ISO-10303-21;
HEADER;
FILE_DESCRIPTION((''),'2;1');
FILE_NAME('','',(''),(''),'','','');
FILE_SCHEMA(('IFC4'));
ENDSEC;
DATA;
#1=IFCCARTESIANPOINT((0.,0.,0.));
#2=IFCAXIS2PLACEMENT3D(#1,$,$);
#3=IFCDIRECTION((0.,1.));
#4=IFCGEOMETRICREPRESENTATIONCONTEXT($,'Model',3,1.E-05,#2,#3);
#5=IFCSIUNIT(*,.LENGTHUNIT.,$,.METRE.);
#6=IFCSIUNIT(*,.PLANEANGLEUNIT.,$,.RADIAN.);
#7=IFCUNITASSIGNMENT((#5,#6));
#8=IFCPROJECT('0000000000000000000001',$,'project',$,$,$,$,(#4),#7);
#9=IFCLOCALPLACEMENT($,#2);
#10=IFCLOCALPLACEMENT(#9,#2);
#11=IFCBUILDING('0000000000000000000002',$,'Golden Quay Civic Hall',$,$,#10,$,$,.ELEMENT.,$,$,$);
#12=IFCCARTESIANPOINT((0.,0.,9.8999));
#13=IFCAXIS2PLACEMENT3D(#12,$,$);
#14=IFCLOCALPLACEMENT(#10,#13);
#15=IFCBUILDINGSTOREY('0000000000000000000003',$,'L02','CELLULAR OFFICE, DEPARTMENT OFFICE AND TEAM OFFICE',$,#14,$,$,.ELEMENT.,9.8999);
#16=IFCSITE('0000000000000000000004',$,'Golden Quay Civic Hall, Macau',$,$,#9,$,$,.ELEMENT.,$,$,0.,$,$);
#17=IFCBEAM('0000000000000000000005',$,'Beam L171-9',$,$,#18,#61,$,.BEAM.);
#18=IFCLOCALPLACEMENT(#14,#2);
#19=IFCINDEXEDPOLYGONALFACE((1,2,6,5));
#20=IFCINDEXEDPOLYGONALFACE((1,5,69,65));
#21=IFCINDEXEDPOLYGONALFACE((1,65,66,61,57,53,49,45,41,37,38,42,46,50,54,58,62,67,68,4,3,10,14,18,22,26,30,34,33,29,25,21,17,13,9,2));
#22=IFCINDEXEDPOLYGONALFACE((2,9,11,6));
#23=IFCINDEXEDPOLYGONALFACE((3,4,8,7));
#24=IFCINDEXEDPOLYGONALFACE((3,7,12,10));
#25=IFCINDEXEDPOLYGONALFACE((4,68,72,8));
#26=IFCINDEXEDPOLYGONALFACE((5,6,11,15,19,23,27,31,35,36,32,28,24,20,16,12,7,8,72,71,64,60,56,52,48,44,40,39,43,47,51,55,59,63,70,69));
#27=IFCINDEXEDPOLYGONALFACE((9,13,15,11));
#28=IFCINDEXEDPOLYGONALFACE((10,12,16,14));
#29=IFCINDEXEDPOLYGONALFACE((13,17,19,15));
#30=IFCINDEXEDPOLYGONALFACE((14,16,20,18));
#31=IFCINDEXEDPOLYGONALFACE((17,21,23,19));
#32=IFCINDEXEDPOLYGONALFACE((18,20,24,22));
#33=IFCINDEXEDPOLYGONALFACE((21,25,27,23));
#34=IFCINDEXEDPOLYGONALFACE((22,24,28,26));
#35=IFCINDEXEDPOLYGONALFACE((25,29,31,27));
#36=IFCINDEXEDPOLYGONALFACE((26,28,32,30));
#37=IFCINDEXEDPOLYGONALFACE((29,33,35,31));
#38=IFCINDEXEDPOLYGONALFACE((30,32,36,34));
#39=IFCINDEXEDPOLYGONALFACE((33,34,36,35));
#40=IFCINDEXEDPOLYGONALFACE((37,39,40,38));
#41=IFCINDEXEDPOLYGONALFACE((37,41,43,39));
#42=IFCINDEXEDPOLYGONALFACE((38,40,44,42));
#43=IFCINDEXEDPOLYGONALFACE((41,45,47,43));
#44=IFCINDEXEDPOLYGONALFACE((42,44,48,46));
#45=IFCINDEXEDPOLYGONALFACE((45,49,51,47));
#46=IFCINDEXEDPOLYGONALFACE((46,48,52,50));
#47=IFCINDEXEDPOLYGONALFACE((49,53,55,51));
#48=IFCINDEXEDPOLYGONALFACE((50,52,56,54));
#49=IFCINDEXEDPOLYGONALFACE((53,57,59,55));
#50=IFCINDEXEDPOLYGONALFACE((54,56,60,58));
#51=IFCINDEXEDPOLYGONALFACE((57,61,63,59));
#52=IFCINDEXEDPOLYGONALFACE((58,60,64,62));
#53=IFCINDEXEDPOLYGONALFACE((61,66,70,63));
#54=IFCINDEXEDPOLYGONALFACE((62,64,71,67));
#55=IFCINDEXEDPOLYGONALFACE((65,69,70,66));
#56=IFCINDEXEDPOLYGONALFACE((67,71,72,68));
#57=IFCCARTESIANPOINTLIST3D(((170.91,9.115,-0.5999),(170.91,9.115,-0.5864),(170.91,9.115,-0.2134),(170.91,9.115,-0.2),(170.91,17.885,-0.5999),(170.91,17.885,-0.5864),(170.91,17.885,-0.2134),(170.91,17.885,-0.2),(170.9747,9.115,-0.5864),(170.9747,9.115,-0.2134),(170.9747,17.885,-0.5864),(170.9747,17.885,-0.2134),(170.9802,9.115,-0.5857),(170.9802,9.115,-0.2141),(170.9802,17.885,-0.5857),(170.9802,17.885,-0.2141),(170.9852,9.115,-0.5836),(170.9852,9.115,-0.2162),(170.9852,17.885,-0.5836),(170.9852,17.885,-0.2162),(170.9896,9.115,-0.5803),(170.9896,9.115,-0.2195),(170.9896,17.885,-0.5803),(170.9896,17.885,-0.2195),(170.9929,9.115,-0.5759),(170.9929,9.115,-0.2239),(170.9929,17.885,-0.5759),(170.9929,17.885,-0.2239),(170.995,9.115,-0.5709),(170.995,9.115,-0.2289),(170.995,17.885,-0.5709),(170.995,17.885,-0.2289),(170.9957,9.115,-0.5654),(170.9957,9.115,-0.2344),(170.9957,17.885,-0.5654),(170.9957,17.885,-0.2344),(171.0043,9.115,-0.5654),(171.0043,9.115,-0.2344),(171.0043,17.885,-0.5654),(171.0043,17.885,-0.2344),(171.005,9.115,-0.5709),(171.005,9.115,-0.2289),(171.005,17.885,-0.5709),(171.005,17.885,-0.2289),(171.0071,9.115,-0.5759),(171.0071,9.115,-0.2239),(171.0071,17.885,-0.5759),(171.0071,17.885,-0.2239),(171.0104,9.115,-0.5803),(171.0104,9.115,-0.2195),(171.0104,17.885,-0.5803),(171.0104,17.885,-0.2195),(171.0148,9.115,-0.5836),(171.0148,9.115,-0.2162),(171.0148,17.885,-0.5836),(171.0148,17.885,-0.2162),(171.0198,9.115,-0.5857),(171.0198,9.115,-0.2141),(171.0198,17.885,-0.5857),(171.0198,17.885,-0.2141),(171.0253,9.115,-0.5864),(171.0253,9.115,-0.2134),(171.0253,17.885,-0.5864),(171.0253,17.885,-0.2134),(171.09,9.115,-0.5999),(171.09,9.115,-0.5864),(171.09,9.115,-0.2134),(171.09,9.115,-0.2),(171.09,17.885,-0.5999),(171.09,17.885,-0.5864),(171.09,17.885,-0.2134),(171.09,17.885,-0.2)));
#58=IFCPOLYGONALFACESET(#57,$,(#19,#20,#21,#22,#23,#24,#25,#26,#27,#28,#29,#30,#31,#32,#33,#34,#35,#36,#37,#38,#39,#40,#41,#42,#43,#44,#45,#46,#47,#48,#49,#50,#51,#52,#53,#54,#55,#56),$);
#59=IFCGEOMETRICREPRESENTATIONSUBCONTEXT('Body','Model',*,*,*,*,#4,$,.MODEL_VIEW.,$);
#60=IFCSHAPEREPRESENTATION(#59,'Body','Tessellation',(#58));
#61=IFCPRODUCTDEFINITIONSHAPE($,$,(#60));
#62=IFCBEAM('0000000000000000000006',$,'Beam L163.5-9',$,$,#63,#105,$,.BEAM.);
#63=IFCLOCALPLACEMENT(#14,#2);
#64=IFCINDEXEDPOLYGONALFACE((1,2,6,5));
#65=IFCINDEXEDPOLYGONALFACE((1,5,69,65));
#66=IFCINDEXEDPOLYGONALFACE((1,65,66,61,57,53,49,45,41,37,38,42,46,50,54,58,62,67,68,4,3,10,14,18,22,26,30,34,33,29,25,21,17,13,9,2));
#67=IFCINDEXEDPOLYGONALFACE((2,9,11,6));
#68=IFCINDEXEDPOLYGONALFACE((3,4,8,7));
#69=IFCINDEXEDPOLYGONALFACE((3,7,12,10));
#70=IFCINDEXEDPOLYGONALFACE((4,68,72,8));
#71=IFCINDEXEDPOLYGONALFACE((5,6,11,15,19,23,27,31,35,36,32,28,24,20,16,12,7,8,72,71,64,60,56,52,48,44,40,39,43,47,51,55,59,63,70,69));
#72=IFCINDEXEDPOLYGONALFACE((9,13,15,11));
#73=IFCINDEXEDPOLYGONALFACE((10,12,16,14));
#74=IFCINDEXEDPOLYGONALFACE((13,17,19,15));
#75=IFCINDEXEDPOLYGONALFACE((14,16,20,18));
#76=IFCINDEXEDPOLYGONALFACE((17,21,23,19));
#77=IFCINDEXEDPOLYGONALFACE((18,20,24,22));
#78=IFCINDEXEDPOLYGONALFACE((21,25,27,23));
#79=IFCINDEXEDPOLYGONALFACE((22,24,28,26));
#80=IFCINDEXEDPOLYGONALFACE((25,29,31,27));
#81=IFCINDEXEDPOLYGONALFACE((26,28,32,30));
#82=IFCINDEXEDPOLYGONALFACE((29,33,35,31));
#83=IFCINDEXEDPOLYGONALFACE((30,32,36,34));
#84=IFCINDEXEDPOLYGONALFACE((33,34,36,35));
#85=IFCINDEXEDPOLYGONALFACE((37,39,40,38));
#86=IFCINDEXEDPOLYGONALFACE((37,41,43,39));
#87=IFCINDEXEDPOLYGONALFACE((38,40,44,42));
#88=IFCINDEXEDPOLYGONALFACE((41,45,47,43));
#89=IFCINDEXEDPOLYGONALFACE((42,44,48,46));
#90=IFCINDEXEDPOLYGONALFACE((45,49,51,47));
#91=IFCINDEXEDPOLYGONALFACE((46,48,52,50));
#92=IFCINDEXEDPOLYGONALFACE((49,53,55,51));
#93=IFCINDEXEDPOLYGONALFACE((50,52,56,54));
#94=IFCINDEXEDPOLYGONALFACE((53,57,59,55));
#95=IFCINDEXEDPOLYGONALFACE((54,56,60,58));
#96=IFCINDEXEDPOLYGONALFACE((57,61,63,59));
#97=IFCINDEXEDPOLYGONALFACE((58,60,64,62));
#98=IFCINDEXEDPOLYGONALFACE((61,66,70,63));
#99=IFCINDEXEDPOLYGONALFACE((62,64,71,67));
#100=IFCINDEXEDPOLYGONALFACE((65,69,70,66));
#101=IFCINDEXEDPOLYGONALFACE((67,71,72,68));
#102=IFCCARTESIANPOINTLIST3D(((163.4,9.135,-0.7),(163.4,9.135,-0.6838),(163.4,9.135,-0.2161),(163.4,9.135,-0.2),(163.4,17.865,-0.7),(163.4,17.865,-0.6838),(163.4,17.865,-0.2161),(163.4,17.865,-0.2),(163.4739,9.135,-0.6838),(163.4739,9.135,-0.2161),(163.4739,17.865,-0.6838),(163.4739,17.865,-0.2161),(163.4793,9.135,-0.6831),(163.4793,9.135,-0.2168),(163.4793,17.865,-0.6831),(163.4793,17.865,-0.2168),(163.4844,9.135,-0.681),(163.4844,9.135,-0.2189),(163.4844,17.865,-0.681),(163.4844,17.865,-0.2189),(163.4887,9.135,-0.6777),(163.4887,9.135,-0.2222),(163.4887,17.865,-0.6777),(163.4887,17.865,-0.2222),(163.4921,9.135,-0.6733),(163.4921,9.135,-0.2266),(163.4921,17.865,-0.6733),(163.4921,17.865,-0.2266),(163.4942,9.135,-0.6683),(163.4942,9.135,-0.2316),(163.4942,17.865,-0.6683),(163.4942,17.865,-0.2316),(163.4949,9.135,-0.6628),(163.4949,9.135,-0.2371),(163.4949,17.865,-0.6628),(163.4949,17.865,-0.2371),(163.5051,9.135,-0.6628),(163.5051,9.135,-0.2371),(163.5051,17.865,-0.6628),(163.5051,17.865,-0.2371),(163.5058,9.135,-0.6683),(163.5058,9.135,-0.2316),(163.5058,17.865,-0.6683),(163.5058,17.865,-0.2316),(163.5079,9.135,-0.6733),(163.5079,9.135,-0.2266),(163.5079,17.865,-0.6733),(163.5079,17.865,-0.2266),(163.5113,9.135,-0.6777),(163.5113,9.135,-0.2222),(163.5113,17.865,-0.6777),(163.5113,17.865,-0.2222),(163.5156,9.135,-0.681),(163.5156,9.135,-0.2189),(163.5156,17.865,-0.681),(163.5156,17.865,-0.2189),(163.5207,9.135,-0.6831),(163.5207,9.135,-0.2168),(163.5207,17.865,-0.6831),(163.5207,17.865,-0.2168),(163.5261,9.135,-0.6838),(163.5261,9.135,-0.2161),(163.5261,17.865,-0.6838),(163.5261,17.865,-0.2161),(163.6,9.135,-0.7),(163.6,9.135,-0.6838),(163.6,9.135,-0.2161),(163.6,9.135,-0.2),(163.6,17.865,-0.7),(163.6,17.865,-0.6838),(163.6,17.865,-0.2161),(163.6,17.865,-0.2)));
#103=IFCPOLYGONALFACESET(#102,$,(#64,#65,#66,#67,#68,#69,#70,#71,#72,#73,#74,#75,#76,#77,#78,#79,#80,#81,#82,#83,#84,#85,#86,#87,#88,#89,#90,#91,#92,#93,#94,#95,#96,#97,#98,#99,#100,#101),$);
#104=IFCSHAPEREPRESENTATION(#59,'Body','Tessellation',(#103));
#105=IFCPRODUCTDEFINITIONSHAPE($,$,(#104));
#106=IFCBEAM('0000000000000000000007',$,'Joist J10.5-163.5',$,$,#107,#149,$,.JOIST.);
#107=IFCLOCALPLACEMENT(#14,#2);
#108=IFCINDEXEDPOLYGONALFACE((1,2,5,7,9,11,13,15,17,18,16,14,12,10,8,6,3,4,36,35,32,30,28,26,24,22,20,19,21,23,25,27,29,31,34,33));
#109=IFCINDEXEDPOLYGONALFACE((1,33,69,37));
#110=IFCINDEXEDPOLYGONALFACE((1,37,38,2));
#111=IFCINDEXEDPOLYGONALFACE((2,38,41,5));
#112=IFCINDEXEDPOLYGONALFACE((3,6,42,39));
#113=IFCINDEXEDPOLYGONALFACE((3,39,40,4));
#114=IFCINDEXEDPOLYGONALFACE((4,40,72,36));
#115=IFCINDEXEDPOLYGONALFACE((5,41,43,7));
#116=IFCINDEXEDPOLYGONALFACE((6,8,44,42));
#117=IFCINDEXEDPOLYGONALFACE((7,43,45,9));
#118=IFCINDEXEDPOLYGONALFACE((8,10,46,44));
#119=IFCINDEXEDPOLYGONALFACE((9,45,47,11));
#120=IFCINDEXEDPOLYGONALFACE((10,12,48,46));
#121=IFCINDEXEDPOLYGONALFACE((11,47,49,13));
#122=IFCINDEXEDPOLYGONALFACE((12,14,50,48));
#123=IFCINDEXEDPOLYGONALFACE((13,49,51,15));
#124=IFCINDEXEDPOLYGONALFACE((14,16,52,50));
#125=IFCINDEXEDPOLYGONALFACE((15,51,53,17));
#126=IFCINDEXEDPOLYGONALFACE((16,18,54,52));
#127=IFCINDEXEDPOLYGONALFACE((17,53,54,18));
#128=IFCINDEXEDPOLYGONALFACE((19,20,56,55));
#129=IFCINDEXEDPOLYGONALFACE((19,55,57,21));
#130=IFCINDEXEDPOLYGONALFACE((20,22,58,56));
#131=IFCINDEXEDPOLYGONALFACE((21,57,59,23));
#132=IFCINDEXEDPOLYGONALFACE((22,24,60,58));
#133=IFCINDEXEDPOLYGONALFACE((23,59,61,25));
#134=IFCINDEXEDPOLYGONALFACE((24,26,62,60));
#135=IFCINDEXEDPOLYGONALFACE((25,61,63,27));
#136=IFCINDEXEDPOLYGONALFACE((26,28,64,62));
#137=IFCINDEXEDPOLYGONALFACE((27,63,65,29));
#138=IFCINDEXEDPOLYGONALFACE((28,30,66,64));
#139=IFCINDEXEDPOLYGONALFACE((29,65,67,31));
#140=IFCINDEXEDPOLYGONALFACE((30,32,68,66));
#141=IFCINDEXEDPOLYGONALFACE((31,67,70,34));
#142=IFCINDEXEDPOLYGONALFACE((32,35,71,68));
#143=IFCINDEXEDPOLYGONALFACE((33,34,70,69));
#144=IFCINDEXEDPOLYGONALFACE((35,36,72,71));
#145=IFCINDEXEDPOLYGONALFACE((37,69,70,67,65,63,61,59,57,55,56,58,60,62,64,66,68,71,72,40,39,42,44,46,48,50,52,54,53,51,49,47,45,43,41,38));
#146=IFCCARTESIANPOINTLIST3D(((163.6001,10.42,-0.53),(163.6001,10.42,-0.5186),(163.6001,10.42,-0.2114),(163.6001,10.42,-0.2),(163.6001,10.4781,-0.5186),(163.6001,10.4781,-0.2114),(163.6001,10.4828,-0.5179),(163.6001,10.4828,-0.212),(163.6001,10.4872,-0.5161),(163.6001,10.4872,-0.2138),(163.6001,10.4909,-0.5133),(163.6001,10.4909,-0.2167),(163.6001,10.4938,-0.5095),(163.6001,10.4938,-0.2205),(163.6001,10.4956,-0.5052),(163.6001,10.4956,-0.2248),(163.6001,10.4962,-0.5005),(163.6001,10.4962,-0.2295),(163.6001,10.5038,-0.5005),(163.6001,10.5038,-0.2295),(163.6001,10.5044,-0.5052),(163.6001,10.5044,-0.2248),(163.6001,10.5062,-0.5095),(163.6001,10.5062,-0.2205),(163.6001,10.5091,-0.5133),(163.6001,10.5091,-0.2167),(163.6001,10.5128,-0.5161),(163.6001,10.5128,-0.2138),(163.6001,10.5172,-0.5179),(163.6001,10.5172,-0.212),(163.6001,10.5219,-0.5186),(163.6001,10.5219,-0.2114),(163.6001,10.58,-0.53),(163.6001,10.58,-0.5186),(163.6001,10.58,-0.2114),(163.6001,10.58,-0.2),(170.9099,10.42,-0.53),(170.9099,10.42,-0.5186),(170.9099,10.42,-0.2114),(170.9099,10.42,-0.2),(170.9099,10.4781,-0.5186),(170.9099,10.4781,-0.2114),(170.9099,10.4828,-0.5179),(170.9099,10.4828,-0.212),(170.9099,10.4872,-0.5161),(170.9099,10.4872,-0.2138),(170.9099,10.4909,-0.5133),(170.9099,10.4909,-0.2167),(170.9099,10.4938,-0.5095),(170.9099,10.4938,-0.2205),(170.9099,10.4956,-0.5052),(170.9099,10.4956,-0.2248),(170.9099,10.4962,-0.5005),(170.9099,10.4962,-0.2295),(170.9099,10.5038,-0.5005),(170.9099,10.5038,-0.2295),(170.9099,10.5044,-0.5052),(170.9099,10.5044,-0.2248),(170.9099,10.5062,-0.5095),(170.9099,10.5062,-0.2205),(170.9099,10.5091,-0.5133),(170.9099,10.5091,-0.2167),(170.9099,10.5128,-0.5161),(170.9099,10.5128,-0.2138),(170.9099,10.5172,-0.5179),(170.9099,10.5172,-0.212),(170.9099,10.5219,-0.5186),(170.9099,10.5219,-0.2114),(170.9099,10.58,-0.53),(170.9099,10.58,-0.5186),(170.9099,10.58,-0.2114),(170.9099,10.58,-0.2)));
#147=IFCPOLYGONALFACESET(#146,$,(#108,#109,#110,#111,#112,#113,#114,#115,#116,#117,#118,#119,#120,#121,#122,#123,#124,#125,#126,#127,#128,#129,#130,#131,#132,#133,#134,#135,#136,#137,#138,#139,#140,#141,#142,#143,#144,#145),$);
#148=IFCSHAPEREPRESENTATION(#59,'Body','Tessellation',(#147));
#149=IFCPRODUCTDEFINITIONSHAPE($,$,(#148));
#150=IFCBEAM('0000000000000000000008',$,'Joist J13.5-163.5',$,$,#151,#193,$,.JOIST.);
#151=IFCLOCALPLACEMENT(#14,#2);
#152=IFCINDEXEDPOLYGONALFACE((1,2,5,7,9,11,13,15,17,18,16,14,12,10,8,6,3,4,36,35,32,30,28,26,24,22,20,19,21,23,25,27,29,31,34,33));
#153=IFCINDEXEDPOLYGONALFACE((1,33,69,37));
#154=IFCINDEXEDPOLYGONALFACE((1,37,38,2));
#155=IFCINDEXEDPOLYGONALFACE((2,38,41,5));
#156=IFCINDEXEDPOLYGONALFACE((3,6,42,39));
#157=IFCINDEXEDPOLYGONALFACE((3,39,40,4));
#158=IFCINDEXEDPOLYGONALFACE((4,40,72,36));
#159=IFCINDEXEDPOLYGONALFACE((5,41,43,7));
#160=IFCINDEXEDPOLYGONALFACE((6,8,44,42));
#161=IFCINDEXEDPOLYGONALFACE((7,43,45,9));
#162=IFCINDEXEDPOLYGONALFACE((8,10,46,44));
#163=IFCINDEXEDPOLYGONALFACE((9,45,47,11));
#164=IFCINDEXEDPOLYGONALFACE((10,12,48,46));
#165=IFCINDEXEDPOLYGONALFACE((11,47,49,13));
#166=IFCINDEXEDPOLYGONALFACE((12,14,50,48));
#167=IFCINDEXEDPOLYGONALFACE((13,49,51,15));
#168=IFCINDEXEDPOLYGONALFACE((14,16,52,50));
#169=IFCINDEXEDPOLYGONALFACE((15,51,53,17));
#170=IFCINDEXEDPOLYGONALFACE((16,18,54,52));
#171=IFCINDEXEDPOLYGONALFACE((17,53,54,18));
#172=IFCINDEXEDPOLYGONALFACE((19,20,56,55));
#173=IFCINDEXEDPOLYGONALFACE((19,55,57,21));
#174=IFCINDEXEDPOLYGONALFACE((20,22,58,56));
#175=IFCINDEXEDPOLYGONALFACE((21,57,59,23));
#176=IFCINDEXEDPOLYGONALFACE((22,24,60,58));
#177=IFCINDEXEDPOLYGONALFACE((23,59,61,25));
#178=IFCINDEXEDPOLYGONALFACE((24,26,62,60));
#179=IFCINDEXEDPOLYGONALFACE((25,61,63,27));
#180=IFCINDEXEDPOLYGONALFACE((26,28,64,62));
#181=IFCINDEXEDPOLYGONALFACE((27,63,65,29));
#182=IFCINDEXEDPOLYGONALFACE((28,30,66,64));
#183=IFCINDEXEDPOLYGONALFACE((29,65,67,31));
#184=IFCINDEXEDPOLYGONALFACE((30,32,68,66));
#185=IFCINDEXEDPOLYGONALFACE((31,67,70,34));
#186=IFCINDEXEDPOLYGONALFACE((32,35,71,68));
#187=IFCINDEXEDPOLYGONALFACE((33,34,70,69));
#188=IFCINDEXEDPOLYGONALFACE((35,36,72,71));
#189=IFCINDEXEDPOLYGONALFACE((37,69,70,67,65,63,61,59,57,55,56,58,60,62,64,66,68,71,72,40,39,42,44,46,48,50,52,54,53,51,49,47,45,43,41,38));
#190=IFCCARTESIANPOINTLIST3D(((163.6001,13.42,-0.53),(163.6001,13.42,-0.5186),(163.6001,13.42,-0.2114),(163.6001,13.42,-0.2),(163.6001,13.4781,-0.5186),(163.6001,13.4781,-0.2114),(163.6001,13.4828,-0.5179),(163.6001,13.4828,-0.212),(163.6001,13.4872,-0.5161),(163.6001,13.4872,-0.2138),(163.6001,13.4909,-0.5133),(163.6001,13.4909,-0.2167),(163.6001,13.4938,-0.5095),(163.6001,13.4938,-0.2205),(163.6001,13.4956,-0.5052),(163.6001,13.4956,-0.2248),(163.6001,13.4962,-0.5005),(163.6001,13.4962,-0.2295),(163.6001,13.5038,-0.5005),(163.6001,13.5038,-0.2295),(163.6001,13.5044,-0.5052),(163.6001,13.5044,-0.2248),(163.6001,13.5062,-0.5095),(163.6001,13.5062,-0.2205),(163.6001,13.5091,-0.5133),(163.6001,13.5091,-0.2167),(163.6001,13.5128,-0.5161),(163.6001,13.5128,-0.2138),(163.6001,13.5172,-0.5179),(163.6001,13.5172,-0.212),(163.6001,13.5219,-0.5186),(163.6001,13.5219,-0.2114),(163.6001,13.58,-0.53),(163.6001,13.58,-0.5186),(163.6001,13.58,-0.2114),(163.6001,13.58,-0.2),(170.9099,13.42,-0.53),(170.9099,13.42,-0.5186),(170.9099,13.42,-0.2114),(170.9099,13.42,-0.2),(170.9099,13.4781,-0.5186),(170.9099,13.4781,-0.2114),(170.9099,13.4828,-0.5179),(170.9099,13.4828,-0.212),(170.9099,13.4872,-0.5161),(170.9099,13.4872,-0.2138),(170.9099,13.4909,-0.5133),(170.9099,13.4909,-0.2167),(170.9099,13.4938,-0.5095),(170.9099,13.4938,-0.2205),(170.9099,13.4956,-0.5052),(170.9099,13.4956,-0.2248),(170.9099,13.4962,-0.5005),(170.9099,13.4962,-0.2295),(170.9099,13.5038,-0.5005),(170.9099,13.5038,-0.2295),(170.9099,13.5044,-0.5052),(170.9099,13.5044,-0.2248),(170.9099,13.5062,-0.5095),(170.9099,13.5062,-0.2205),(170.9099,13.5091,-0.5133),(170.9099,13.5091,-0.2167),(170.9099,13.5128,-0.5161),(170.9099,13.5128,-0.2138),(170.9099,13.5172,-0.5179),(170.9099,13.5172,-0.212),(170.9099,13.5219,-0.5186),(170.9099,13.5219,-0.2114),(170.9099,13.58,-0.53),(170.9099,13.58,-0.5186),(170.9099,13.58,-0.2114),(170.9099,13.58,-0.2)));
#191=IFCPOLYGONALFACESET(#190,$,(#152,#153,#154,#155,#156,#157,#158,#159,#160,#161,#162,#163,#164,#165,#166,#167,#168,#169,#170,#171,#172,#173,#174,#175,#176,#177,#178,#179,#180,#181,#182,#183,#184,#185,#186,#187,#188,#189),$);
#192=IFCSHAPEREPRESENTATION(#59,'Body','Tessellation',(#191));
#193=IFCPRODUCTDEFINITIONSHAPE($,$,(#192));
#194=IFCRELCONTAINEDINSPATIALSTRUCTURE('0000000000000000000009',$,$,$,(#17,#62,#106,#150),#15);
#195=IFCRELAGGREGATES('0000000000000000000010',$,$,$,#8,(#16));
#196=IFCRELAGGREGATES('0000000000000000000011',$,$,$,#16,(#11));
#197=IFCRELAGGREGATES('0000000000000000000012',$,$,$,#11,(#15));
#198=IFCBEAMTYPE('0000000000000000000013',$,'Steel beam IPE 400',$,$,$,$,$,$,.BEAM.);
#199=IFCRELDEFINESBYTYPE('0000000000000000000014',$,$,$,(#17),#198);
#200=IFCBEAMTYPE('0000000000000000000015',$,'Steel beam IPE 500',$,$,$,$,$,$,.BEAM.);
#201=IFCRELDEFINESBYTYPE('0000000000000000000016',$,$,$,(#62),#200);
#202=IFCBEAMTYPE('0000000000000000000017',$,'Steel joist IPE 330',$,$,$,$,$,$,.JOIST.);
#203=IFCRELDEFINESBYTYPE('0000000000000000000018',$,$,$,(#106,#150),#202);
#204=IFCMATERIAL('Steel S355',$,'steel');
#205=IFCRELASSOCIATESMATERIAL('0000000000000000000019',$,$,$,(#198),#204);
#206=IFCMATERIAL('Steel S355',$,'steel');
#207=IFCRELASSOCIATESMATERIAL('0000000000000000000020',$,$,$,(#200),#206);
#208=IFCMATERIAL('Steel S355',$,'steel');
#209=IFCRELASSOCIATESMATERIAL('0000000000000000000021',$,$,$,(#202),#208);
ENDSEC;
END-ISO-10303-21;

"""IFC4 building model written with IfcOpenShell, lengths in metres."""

from ifc_helpers import new_model, si_unit, direction, frame, origin, origin_2d, place, context, subcontext, project, spatial, i_section, extrude, material, material_profile, profile_set, type_object, element, save


model = new_model("IFC4")

# Units and contexts
model_context = context("Model", 3, precision=1e-05, world=origin(), true_north=direction((0.0, 1.0)))
body_context = subcontext(model_context, "Body", "Model", "MODEL_VIEW")
ifc_project = project(units=[si_unit("LENGTHUNIT", "METRE"), si_unit("PLANEANGLEUNIT", "RADIAN")], contexts=[model_context])

# Site, building, storey
site_placement = place(None, origin())
site = spatial("IfcSite", under=ifc_project, at=site_placement, Name="Golden Quay Civic Hall, Macau", CompositionType="ELEMENT", RefElevation=0.0)
building_placement = place(site_placement, origin())
building = spatial("IfcBuilding", under=site, at=building_placement, Name="Golden Quay Civic Hall", CompositionType="ELEMENT")
storey_placement = place(building_placement, frame((0.0, 0.0, 9.8999)))
storey = spatial("IfcBuildingStorey", under=building, at=storey_placement, Name="L02", Description="CELLULAR OFFICE, DEPARTMENT OFFICE AND TEAM OFFICE", CompositionType="ELEMENT", Elevation=9.8999)

# Beams
ifc_material_1 = material(Name="Steel S355", Category="steel")
ifc_material_profile_1 = material_profile(ifc_material_1, i_section(OverallWidth=0.1799, OverallDepth=0.3999, WebThickness=0.0085, FlangeThickness=0.0134, FilletRadius=0.021, at=origin_2d()), Name="IPE 400")
ifc_profile_set_1 = profile_set([ifc_material_profile_1], Name="Steel S355")
beam_type_1 = type_object("IfcBeamType", Name="Steel beam IPE 400", PredefinedType="BEAM", material=ifc_profile_set_1)
beam_1_placement = place(storey_placement, frame((171.0, 9.115, -0.3999), z_axis=(0.0, 1.0, 0.0), x_axis=(-1.0, 0.0, 0.0)))
element("IfcBeam", 1, at=beam_1_placement, inside=storey, type_object=beam_type_1, Name="Beam L171-9", PredefinedType="BEAM", context=body_context, shape_type="SweptSolid", body=[
    extrude(i_section(OverallWidth=0.1799, OverallDepth=0.3999, WebThickness=0.0085, FlangeThickness=0.0134, FilletRadius=0.021, at=origin_2d()), origin(), (0.0, 0.0, 1.0), 8.77),
])
ifc_material_2 = material(Name="Steel S355", Category="steel")
ifc_material_profile_2 = material_profile(ifc_material_2, i_section(OverallWidth=0.2, OverallDepth=0.5, WebThickness=0.0103, FlangeThickness=0.0161, FilletRadius=0.021, at=origin_2d()), Name="IPE 500")
ifc_profile_set_2 = profile_set([ifc_material_profile_2], Name="Steel S355")
beam_type_2 = type_object("IfcBeamType", Name="Steel beam IPE 500", PredefinedType="BEAM", material=ifc_profile_set_2)
beam_2_placement = place(storey_placement, frame((163.5, 9.135, -0.45), z_axis=(0.0, 1.0, 0.0), x_axis=(-1.0, 0.0, 0.0)))
element("IfcBeam", 2, at=beam_2_placement, inside=storey, type_object=beam_type_2, Name="Beam L163.5-9", PredefinedType="BEAM", context=body_context, shape_type="SweptSolid", body=[
    extrude(i_section(OverallWidth=0.2, OverallDepth=0.5, WebThickness=0.0103, FlangeThickness=0.0161, FilletRadius=0.021, at=origin_2d()), origin(), (0.0, 0.0, 1.0), 8.73),
])
ifc_material_3 = material(Name="Steel S355", Category="steel")
ifc_material_profile_3 = material_profile(ifc_material_3, i_section(OverallWidth=0.1599, OverallDepth=0.3301, WebThickness=0.0076, FlangeThickness=0.0115, FilletRadius=0.0181, at=origin_2d()), Name="IPE 330")
ifc_profile_set_3 = profile_set([ifc_material_profile_3], Name="Steel S355")
beam_type_3 = type_object("IfcBeamType", Name="Steel joist IPE 330", PredefinedType="JOIST", material=ifc_profile_set_3)
for number, where, z_axis, x_axis, name in (
    (3, (163.6001, 10.5, -0.365), (1.0, 0.0, 0.0), (0.0, 1.0, 0.0), "Joist J10.5-163.5"),
    (4, (163.6001, 13.5, -0.365), (1.0, 0.0, 0.0), (0.0, 1.0, 0.0), "Joist J13.5-163.5"),
):
    element("IfcBeam", number, at=place(storey_placement, frame(where, z_axis=z_axis, x_axis=x_axis)), inside=storey, type_object=beam_type_3, Name=name, PredefinedType="JOIST", context=body_context, shape_type="SweptSolid", body=[
        extrude(i_section(OverallWidth=0.1599, OverallDepth=0.3301, WebThickness=0.0076, FlangeThickness=0.0115, FilletRadius=0.0181, at=origin_2d()), origin(), (0.0, 0.0, 1.0), 7.3098),
    ])

save(model, "model.ifc")
